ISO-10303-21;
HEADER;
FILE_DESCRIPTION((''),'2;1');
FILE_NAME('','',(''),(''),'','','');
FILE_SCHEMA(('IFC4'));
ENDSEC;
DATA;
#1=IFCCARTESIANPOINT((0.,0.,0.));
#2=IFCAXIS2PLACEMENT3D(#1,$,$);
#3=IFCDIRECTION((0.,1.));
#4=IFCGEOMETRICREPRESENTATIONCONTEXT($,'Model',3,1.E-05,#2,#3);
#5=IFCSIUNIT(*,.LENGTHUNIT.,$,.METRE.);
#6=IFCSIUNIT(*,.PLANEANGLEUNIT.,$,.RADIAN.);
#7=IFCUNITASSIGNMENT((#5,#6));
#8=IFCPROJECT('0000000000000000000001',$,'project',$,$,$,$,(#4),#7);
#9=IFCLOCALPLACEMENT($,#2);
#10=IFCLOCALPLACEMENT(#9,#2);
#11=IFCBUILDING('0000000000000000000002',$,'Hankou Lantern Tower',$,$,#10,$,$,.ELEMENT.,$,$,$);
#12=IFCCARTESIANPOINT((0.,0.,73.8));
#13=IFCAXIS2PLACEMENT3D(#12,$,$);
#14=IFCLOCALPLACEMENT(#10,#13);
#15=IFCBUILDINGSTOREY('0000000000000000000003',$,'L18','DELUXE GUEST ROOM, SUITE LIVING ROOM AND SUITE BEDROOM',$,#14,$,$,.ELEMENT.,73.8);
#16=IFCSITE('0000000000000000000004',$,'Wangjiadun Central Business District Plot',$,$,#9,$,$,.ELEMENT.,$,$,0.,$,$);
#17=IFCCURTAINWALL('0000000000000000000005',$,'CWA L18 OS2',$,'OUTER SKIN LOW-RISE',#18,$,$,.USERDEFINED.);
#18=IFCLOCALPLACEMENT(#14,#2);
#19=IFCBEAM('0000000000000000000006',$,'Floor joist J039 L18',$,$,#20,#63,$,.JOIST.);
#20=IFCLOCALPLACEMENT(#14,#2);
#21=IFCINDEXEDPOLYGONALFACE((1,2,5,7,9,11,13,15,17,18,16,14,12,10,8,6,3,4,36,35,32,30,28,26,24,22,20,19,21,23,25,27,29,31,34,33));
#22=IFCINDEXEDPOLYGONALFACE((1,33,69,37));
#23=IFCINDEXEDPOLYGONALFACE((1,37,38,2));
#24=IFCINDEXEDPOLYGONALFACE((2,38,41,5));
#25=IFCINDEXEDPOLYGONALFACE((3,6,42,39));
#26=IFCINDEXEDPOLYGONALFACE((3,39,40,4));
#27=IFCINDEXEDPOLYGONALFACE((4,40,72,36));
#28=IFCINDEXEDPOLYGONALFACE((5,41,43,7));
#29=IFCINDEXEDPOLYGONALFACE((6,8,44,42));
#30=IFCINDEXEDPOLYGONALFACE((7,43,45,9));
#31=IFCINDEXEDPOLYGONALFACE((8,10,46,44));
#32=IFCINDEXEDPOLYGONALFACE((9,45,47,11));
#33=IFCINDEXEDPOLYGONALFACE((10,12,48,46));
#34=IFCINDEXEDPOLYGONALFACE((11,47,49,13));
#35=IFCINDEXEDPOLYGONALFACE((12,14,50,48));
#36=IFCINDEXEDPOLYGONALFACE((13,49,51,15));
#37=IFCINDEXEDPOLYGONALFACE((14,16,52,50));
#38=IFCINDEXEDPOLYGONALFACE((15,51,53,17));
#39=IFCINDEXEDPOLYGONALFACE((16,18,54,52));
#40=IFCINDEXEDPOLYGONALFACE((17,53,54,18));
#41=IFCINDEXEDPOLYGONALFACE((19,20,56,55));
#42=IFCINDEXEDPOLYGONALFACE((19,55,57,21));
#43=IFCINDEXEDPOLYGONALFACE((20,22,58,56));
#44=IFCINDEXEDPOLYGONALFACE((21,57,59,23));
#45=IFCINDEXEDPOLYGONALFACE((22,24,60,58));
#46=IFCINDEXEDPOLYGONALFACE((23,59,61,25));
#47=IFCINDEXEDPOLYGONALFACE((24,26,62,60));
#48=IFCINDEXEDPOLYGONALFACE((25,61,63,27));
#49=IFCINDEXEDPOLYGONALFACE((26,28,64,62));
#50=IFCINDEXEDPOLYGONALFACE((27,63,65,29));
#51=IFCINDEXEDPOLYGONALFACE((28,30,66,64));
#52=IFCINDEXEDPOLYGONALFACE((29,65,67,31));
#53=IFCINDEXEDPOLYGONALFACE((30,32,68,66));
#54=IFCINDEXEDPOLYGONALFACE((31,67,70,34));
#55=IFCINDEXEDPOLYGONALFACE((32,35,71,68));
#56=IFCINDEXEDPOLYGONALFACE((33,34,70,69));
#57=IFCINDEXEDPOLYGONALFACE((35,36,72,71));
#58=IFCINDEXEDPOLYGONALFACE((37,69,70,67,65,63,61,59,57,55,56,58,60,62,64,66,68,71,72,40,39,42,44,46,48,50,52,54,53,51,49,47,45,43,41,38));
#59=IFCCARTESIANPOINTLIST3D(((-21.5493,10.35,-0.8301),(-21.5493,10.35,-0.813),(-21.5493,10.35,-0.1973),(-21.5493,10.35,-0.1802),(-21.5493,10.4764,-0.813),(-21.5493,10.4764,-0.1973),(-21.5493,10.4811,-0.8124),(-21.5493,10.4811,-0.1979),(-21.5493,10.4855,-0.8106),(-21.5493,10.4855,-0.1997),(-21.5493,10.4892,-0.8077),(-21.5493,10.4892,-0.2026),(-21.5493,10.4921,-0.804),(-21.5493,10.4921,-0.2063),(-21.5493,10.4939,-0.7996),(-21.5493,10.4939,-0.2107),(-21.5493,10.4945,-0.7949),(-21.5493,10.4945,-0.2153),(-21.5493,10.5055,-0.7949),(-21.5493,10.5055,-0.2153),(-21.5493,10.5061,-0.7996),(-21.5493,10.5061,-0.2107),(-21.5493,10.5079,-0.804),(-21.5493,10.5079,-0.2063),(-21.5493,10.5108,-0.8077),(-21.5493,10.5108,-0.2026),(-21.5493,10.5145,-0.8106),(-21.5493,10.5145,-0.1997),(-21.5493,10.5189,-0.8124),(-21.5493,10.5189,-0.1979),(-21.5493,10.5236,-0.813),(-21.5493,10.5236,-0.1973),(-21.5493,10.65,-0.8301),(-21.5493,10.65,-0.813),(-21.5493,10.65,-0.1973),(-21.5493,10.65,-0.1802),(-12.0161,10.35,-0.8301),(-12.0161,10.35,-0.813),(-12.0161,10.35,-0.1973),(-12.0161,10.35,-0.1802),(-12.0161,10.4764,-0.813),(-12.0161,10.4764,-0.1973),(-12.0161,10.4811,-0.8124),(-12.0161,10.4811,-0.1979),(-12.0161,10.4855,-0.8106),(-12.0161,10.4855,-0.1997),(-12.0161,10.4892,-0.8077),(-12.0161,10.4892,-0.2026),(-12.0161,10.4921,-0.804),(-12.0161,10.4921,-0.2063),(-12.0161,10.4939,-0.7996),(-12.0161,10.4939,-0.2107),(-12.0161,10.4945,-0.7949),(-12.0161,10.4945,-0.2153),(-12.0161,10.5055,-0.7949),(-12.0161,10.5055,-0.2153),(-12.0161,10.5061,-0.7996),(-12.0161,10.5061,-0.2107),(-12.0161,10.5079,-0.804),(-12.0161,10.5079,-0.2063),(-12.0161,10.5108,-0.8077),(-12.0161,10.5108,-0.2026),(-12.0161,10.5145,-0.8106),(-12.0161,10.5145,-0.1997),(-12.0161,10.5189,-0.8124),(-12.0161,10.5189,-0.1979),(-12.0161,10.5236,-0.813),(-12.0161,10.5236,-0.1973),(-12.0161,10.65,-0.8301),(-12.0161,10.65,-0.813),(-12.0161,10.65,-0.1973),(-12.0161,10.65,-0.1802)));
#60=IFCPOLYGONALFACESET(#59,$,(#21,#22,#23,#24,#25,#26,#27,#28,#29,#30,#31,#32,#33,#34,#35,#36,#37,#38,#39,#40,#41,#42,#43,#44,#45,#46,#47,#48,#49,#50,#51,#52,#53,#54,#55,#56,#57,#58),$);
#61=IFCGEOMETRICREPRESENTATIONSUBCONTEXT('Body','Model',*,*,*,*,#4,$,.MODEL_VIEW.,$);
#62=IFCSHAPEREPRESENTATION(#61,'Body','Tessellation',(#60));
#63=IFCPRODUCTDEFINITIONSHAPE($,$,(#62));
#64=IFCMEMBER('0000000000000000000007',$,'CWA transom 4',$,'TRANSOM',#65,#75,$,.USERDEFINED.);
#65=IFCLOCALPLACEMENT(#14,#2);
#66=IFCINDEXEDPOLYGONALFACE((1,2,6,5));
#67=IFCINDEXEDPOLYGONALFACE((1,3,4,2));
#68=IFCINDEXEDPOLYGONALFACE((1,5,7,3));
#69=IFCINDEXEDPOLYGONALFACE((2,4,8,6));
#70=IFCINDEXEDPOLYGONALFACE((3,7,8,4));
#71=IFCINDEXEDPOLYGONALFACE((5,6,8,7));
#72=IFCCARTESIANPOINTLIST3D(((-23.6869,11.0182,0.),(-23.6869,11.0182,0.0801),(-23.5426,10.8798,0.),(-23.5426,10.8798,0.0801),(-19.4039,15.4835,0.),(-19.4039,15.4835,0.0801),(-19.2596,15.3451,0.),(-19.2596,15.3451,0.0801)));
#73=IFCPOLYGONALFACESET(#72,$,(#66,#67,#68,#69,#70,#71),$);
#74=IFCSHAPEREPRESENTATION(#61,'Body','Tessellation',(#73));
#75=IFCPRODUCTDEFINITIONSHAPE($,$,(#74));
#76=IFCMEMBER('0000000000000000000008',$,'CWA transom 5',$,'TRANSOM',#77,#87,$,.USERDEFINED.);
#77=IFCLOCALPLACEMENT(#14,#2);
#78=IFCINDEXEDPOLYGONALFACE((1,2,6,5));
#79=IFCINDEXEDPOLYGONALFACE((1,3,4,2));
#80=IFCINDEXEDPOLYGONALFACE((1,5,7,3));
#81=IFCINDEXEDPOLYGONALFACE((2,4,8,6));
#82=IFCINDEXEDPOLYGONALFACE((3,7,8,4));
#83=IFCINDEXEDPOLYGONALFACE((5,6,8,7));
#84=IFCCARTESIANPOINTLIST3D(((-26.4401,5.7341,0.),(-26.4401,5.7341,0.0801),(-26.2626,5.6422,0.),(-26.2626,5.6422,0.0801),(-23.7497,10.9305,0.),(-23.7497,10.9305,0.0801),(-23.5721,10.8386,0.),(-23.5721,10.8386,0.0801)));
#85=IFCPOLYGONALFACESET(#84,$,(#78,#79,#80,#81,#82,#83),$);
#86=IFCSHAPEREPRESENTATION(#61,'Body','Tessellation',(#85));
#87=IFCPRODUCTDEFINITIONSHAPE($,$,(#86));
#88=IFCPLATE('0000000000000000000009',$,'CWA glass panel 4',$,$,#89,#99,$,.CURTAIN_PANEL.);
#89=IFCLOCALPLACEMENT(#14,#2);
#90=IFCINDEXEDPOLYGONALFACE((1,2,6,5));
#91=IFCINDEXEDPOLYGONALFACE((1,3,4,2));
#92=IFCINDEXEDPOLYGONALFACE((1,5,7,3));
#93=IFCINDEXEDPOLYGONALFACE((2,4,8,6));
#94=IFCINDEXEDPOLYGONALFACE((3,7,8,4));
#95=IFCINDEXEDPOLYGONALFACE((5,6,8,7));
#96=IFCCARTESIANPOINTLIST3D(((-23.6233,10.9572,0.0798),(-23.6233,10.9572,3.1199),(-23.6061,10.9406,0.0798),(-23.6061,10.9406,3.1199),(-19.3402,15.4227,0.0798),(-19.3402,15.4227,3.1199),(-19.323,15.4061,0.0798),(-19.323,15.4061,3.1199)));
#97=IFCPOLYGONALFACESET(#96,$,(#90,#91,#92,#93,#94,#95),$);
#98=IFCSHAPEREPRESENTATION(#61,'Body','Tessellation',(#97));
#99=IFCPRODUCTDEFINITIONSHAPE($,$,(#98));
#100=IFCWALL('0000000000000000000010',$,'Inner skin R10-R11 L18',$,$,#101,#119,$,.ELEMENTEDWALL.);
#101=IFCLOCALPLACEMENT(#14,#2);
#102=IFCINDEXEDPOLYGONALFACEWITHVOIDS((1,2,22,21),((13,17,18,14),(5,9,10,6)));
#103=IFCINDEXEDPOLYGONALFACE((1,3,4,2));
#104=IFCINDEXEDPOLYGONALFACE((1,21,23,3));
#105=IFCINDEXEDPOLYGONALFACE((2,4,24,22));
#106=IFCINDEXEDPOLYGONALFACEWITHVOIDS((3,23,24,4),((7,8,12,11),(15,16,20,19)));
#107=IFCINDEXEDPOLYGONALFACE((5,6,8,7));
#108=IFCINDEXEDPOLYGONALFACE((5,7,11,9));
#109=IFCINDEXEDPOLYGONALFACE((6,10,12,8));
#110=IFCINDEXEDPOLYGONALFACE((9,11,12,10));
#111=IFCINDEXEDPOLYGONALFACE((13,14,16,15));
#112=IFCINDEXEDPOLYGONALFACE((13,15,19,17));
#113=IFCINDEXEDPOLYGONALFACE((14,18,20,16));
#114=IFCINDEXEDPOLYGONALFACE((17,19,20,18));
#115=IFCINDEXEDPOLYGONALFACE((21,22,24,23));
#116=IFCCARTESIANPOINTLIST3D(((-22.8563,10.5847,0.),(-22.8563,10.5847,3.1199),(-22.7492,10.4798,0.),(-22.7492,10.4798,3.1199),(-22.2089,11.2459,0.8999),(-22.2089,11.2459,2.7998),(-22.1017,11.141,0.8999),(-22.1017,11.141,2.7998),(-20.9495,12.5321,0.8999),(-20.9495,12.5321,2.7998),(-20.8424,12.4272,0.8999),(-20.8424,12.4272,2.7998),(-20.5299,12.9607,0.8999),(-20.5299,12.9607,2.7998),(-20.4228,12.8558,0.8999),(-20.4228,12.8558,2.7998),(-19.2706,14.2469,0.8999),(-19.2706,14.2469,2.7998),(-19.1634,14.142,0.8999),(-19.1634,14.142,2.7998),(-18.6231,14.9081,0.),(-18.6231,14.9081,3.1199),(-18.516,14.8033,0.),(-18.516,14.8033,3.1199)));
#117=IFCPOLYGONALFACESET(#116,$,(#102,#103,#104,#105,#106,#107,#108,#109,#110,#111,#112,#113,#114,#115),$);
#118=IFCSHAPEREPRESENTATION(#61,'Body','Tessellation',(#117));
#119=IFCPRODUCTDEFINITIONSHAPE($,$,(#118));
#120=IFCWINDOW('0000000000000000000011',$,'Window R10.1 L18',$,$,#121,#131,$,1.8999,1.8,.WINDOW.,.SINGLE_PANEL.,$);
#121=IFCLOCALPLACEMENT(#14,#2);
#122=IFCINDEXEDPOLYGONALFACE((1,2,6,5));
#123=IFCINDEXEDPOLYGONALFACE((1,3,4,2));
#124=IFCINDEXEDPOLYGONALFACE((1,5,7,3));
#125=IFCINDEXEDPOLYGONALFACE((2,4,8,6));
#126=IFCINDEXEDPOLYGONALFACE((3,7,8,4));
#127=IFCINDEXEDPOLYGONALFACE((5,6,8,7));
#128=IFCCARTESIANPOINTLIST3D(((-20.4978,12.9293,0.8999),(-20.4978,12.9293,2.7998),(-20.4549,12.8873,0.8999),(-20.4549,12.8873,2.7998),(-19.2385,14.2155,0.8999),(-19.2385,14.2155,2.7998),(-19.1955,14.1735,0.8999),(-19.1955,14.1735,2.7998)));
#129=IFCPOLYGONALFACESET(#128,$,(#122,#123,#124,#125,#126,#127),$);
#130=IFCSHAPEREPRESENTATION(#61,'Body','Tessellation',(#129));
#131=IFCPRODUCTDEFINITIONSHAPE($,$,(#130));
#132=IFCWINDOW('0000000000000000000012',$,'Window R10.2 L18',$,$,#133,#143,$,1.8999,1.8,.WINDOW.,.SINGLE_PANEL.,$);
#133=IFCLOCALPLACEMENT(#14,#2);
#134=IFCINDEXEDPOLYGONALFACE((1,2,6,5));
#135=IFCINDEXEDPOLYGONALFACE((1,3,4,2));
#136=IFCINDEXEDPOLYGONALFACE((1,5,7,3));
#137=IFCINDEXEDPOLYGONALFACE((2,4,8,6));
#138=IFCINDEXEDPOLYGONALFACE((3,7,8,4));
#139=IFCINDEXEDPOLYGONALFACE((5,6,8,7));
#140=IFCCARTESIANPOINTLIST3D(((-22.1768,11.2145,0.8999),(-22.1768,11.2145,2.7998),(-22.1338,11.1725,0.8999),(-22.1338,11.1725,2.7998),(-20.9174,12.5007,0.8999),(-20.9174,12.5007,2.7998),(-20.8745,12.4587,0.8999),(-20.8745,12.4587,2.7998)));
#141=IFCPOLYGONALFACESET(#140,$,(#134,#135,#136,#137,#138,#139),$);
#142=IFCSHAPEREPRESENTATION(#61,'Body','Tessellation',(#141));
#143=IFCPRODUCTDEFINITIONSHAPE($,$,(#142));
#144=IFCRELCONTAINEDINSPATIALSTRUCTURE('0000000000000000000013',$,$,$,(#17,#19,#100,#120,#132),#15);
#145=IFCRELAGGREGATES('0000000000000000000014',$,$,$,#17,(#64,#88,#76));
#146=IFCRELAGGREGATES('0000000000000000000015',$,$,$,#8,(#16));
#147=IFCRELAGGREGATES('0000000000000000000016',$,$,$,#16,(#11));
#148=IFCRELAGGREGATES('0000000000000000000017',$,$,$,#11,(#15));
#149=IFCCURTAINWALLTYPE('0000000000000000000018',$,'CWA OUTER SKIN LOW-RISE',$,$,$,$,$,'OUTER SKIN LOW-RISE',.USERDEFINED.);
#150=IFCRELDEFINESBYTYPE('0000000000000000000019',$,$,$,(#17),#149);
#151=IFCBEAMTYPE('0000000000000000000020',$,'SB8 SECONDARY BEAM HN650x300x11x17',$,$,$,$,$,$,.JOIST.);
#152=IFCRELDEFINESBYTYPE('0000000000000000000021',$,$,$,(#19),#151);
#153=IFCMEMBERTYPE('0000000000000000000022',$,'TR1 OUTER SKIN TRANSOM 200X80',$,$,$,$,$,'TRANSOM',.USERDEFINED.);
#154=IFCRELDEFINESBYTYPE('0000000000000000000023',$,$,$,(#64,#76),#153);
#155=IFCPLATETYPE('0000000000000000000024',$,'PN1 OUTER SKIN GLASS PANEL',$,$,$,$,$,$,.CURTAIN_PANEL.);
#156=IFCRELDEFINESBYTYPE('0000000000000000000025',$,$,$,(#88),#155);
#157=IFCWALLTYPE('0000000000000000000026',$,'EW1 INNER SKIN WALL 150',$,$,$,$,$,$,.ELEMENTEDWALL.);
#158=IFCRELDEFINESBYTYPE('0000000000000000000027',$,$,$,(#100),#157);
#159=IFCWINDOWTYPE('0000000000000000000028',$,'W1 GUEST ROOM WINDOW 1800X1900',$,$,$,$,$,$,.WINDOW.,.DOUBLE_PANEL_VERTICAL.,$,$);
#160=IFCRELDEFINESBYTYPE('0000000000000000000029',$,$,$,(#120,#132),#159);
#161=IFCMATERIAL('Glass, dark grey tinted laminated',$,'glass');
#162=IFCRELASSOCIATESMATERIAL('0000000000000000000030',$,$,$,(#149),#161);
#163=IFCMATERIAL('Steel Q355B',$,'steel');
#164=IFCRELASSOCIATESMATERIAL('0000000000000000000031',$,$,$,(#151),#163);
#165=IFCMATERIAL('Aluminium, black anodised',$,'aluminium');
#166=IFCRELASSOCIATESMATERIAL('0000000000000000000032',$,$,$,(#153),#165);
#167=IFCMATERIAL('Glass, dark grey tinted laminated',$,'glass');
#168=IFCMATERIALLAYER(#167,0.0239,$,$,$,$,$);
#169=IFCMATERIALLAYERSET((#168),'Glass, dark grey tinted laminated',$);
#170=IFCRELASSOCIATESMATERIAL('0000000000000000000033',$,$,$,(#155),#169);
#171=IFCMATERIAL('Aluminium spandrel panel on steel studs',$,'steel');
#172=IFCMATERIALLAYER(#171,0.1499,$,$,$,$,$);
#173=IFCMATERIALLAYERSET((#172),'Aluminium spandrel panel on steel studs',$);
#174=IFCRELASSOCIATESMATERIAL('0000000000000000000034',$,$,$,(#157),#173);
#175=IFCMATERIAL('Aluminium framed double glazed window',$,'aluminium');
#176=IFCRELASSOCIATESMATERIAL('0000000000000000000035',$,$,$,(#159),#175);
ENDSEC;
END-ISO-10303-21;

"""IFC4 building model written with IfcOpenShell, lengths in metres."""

from ifc_helpers import new_model, si_unit, direction, frame, frame_2d, origin, origin_2d, place, context, subcontext, project, spatial, rectangle, i_section, extrude, material, layer, layer_set, material_profile, profile_set, type_object, element, fill, aggregate, save


model = new_model("IFC4")

# Units and contexts
model_context = context("Model", 3, precision=1e-05, world=origin(), true_north=direction((0.0, 1.0)))
body_context = subcontext(model_context, "Body", "Model", "MODEL_VIEW")
ifc_project = project(units=[si_unit("LENGTHUNIT", "METRE"), si_unit("PLANEANGLEUNIT", "RADIAN")], contexts=[model_context])

# Site, building, storey
site_placement = place(None, origin())
site = spatial("IfcSite", under=ifc_project, at=site_placement, Name="Wangjiadun Central Business District Plot", CompositionType="ELEMENT", RefElevation=0.0)
building_placement = place(site_placement, origin())
building = spatial("IfcBuilding", under=site, at=building_placement, Name="Hankou Lantern Tower", CompositionType="ELEMENT")
storey_placement = place(building_placement, frame((0.0, 0.0, 73.8)))
storey = spatial("IfcBuildingStorey", under=building, at=storey_placement, Name="L18", Description="DELUXE GUEST ROOM, SUITE LIVING ROOM AND SUITE BEDROOM", CompositionType="ELEMENT", Elevation=73.8)

# Curtain wall
ifc_material_1 = material(Name="Glass, dark grey tinted laminated", Category="glass")
curtain_wall_type = type_object("IfcCurtainWallType", Name="CWA OUTER SKIN LOW-RISE", ElementType="OUTER SKIN LOW-RISE", PredefinedType="USERDEFINED", material=ifc_material_1)
curtain_wall_placement = place(storey_placement, origin())
curtain_wall = element("IfcCurtainWall", 1, at=curtain_wall_placement, inside=storey, type_object=curtain_wall_type, Name="CWA L18 OS2", ObjectType="OUTER SKIN LOW-RISE", PredefinedType="USERDEFINED")

# Beam
ifc_material_2 = material(Name="Steel Q355B", Category="steel")
ifc_material_profile_1 = material_profile(ifc_material_2, i_section(OverallWidth=0.3, OverallDepth=0.6499, WebThickness=0.011, FlangeThickness=0.0171, FilletRadius=0.0181, at=origin_2d()), Name="HN650x300x11x17")
ifc_profile_set_1 = profile_set([ifc_material_profile_1], Name="Steel Q355B")
beam_type_1 = type_object("IfcBeamType", Name="SB8 SECONDARY BEAM HN650x300x11x17", PredefinedType="JOIST", material=ifc_profile_set_1)
beam_1_placement = place(storey_placement, frame((-21.5493, 10.5, -0.5051), z_axis=(1.0, 0.0, 0.0), x_axis=(0.0, 1.0, 0.0)))
element("IfcBeam", 2, at=beam_1_placement, inside=storey, type_object=beam_type_1, Name="Floor joist J039 L18", PredefinedType="JOIST", context=body_context, shape_type="SweptSolid", body=[
    extrude(i_section(OverallWidth=0.3, OverallDepth=0.6499, WebThickness=0.011, FlangeThickness=0.0171, FilletRadius=0.0181, at=origin_2d()), origin(), (0.0, 0.0, 1.0), 9.5332),
])

# Members
ifc_material_3 = material(Name="Aluminium, black anodised", Category="aluminium")
ifc_material_profile_2 = material_profile(ifc_material_3, rectangle(XDim=0.2, YDim=0.0801, at=origin_2d()), Name="TR1 200X80")
ifc_profile_set_2 = profile_set([ifc_material_profile_2], Name="Aluminium, black anodised")
member_type_1 = type_object("IfcMemberType", Name="TR1 OUTER SKIN TRANSOM 200X80", ElementType="TRANSOM", PredefinedType="USERDEFINED", material=ifc_profile_set_2)
member_1_placement = place(storey_placement, frame((-19.3318, 15.4143, 0.04), z_axis=(-0.692216, -0.721691, 0.0), x_axis=(0.721691, -0.692216, 0.0)))
member_1 = element("IfcMember", 3, at=member_1_placement, type_object=member_type_1, Name="CWA transom 4", ObjectType="TRANSOM", PredefinedType="USERDEFINED", context=body_context, shape_type="SweptSolid", body=[
    extrude(rectangle(XDim=0.2, YDim=0.0801, at=origin_2d()), origin(), (0.0, 0.0, 1.0), 6.1873),
])
member_2_placement = place(storey_placement, frame((-23.6609, 10.8845, 0.04), z_axis=(-0.459786, -0.88803, 0.0), x_axis=(0.88803, -0.459786, 0.0)))
member_2 = element("IfcMember", 4, at=member_2_placement, type_object=member_type_1, Name="CWA transom 5", ObjectType="TRANSOM", PredefinedType="USERDEFINED", context=body_context, shape_type="SweptSolid", body=[
    extrude(rectangle(XDim=0.2, YDim=0.0801, at=origin_2d()), origin(), (0.0, 0.0, 1.0), 5.8516),
])

# Plate
ifc_material_4 = material(Name="Glass, dark grey tinted laminated", Category="glass")
ifc_layer_1 = layer(ifc_material_4, 0.0239)
ifc_layer_set_1 = layer_set([ifc_layer_1], Name="Glass, dark grey tinted laminated")
plate_type = type_object("IfcPlateType", Name="PN1 OUTER SKIN GLASS PANEL", PredefinedType="CURTAIN_PANEL", material=ifc_layer_set_1)
plate_placement = place(storey_placement, frame((-21.4731, 13.1816, 0.0798), z_axis=(0.0, 0.0, 1.0), x_axis=(-0.692216, -0.721691, 0.0)))
plate = element("IfcPlate", 5, at=plate_placement, type_object=plate_type, Name="CWA glass panel 4", PredefinedType="CURTAIN_PANEL", context=body_context, shape_type="SweptSolid", body=[
    extrude(rectangle(XDim=6.1875, YDim=0.0239, at=origin_2d()), origin(), (0.0, 0.0, 1.0), 3.04),
])
aggregate(curtain_wall, [member_1, plate, member_2])

# Wall, openings, windows
ifc_material_5 = material(Name="Aluminium spandrel panel on steel studs", Category="steel")
ifc_layer_2 = layer(ifc_material_5, 0.1499)
ifc_layer_set_2 = layer_set([ifc_layer_2], Name="Aluminium spandrel panel on steel studs")
wall_type_1 = type_object("IfcWallType", Name="EW1 INNER SKIN WALL 150", PredefinedType="ELEMENTEDWALL", material=ifc_layer_set_2)
wall_1_placement = place(storey_placement, frame((-18.5696, 14.8557, 0.0), z_axis=(0.0, 0.0, 1.0), x_axis=(-0.699603, -0.714532, 0.0)))
wall_1 = element("IfcWall", 6, at=wall_1_placement, inside=storey, type_object=wall_type_1, Name="Inner skin R10-R11 L18", PredefinedType="ELEMENTEDWALL", context=body_context, shape_type="SweptSolid", body=[
    extrude(rectangle(XDim=6.0508, YDim=0.1499, at=frame_2d((3.0254, 0.0))), origin(), (0.0, 0.0, 1.0), 3.1199),
])
opening_1_placement = place(wall_1_placement, frame((0.9255, 0.0, 0.8999)))
opening_1 = element("IfcOpeningElement", 7, at=opening_1_placement, cuts=wall_1, PredefinedType="OPENING", context=body_context, shape_type="SweptSolid", body=[
    extrude(rectangle(XDim=1.8, YDim=1.8999, at=frame_2d((0.8999, 0.95))), frame((0.0, 0.085, 0.0), z_axis=(0.0, -1.0, 0.0), x_axis=(1.0, 0.0, 0.0)), (0.0, 0.0, 1.0), 0.1699),
])
opening_2_placement = place(wall_1_placement, frame((3.3254, 0.0, 0.8999)))
opening_2 = element("IfcOpeningElement", 8, at=opening_2_placement, cuts=wall_1, PredefinedType="OPENING", context=body_context, shape_type="SweptSolid", body=[
    extrude(rectangle(XDim=1.8, YDim=1.8999, at=frame_2d((0.8999, 0.95))), frame((0.0, 0.085, 0.0), z_axis=(0.0, -1.0, 0.0), x_axis=(1.0, 0.0, 0.0)), (0.0, 0.0, 1.0), 0.1699),
])
ifc_material_6 = material(Name="Aluminium framed double glazed window", Category="aluminium")
window_type = type_object("IfcWindowType", Name="W1 GUEST ROOM WINDOW 1800X1900", PartitioningType="DOUBLE_PANEL_VERTICAL", PredefinedType="WINDOW", material=ifc_material_6)
window_1_placement = place(opening_1_placement, origin())
window_1 = element("IfcWindow", 9, at=window_1_placement, inside=storey, type_object=window_type, Name="Window R10.1 L18", OverallHeight=1.8999, OverallWidth=1.8, PartitioningType="SINGLE_PANEL", PredefinedType="WINDOW", context=body_context, shape_type="SweptSolid", body=[
    extrude(rectangle(XDim=1.8, YDim=1.8999, at=frame_2d((0.8999, 0.95))), frame((0.0, 0.03, 0.0), z_axis=(0.0, -1.0, 0.0), x_axis=(1.0, 0.0, 0.0)), (0.0, 0.0, 1.0), 0.0601),
])
fill(opening_1, window_1)
window_2_placement = place(opening_2_placement, origin())
window_2 = element("IfcWindow", 10, at=window_2_placement, inside=storey, type_object=window_type, Name="Window R10.2 L18", OverallHeight=1.8999, OverallWidth=1.8, PartitioningType="SINGLE_PANEL", PredefinedType="WINDOW", context=body_context, shape_type="SweptSolid", body=[
    extrude(rectangle(XDim=1.8, YDim=1.8999, at=frame_2d((0.8999, 0.95))), frame((0.0, 0.03, 0.0), z_axis=(0.0, -1.0, 0.0), x_axis=(1.0, 0.0, 0.0)), (0.0, 0.0, 1.0), 0.0601),
])
fill(opening_2, window_2)

save(model, "model.ifc")
